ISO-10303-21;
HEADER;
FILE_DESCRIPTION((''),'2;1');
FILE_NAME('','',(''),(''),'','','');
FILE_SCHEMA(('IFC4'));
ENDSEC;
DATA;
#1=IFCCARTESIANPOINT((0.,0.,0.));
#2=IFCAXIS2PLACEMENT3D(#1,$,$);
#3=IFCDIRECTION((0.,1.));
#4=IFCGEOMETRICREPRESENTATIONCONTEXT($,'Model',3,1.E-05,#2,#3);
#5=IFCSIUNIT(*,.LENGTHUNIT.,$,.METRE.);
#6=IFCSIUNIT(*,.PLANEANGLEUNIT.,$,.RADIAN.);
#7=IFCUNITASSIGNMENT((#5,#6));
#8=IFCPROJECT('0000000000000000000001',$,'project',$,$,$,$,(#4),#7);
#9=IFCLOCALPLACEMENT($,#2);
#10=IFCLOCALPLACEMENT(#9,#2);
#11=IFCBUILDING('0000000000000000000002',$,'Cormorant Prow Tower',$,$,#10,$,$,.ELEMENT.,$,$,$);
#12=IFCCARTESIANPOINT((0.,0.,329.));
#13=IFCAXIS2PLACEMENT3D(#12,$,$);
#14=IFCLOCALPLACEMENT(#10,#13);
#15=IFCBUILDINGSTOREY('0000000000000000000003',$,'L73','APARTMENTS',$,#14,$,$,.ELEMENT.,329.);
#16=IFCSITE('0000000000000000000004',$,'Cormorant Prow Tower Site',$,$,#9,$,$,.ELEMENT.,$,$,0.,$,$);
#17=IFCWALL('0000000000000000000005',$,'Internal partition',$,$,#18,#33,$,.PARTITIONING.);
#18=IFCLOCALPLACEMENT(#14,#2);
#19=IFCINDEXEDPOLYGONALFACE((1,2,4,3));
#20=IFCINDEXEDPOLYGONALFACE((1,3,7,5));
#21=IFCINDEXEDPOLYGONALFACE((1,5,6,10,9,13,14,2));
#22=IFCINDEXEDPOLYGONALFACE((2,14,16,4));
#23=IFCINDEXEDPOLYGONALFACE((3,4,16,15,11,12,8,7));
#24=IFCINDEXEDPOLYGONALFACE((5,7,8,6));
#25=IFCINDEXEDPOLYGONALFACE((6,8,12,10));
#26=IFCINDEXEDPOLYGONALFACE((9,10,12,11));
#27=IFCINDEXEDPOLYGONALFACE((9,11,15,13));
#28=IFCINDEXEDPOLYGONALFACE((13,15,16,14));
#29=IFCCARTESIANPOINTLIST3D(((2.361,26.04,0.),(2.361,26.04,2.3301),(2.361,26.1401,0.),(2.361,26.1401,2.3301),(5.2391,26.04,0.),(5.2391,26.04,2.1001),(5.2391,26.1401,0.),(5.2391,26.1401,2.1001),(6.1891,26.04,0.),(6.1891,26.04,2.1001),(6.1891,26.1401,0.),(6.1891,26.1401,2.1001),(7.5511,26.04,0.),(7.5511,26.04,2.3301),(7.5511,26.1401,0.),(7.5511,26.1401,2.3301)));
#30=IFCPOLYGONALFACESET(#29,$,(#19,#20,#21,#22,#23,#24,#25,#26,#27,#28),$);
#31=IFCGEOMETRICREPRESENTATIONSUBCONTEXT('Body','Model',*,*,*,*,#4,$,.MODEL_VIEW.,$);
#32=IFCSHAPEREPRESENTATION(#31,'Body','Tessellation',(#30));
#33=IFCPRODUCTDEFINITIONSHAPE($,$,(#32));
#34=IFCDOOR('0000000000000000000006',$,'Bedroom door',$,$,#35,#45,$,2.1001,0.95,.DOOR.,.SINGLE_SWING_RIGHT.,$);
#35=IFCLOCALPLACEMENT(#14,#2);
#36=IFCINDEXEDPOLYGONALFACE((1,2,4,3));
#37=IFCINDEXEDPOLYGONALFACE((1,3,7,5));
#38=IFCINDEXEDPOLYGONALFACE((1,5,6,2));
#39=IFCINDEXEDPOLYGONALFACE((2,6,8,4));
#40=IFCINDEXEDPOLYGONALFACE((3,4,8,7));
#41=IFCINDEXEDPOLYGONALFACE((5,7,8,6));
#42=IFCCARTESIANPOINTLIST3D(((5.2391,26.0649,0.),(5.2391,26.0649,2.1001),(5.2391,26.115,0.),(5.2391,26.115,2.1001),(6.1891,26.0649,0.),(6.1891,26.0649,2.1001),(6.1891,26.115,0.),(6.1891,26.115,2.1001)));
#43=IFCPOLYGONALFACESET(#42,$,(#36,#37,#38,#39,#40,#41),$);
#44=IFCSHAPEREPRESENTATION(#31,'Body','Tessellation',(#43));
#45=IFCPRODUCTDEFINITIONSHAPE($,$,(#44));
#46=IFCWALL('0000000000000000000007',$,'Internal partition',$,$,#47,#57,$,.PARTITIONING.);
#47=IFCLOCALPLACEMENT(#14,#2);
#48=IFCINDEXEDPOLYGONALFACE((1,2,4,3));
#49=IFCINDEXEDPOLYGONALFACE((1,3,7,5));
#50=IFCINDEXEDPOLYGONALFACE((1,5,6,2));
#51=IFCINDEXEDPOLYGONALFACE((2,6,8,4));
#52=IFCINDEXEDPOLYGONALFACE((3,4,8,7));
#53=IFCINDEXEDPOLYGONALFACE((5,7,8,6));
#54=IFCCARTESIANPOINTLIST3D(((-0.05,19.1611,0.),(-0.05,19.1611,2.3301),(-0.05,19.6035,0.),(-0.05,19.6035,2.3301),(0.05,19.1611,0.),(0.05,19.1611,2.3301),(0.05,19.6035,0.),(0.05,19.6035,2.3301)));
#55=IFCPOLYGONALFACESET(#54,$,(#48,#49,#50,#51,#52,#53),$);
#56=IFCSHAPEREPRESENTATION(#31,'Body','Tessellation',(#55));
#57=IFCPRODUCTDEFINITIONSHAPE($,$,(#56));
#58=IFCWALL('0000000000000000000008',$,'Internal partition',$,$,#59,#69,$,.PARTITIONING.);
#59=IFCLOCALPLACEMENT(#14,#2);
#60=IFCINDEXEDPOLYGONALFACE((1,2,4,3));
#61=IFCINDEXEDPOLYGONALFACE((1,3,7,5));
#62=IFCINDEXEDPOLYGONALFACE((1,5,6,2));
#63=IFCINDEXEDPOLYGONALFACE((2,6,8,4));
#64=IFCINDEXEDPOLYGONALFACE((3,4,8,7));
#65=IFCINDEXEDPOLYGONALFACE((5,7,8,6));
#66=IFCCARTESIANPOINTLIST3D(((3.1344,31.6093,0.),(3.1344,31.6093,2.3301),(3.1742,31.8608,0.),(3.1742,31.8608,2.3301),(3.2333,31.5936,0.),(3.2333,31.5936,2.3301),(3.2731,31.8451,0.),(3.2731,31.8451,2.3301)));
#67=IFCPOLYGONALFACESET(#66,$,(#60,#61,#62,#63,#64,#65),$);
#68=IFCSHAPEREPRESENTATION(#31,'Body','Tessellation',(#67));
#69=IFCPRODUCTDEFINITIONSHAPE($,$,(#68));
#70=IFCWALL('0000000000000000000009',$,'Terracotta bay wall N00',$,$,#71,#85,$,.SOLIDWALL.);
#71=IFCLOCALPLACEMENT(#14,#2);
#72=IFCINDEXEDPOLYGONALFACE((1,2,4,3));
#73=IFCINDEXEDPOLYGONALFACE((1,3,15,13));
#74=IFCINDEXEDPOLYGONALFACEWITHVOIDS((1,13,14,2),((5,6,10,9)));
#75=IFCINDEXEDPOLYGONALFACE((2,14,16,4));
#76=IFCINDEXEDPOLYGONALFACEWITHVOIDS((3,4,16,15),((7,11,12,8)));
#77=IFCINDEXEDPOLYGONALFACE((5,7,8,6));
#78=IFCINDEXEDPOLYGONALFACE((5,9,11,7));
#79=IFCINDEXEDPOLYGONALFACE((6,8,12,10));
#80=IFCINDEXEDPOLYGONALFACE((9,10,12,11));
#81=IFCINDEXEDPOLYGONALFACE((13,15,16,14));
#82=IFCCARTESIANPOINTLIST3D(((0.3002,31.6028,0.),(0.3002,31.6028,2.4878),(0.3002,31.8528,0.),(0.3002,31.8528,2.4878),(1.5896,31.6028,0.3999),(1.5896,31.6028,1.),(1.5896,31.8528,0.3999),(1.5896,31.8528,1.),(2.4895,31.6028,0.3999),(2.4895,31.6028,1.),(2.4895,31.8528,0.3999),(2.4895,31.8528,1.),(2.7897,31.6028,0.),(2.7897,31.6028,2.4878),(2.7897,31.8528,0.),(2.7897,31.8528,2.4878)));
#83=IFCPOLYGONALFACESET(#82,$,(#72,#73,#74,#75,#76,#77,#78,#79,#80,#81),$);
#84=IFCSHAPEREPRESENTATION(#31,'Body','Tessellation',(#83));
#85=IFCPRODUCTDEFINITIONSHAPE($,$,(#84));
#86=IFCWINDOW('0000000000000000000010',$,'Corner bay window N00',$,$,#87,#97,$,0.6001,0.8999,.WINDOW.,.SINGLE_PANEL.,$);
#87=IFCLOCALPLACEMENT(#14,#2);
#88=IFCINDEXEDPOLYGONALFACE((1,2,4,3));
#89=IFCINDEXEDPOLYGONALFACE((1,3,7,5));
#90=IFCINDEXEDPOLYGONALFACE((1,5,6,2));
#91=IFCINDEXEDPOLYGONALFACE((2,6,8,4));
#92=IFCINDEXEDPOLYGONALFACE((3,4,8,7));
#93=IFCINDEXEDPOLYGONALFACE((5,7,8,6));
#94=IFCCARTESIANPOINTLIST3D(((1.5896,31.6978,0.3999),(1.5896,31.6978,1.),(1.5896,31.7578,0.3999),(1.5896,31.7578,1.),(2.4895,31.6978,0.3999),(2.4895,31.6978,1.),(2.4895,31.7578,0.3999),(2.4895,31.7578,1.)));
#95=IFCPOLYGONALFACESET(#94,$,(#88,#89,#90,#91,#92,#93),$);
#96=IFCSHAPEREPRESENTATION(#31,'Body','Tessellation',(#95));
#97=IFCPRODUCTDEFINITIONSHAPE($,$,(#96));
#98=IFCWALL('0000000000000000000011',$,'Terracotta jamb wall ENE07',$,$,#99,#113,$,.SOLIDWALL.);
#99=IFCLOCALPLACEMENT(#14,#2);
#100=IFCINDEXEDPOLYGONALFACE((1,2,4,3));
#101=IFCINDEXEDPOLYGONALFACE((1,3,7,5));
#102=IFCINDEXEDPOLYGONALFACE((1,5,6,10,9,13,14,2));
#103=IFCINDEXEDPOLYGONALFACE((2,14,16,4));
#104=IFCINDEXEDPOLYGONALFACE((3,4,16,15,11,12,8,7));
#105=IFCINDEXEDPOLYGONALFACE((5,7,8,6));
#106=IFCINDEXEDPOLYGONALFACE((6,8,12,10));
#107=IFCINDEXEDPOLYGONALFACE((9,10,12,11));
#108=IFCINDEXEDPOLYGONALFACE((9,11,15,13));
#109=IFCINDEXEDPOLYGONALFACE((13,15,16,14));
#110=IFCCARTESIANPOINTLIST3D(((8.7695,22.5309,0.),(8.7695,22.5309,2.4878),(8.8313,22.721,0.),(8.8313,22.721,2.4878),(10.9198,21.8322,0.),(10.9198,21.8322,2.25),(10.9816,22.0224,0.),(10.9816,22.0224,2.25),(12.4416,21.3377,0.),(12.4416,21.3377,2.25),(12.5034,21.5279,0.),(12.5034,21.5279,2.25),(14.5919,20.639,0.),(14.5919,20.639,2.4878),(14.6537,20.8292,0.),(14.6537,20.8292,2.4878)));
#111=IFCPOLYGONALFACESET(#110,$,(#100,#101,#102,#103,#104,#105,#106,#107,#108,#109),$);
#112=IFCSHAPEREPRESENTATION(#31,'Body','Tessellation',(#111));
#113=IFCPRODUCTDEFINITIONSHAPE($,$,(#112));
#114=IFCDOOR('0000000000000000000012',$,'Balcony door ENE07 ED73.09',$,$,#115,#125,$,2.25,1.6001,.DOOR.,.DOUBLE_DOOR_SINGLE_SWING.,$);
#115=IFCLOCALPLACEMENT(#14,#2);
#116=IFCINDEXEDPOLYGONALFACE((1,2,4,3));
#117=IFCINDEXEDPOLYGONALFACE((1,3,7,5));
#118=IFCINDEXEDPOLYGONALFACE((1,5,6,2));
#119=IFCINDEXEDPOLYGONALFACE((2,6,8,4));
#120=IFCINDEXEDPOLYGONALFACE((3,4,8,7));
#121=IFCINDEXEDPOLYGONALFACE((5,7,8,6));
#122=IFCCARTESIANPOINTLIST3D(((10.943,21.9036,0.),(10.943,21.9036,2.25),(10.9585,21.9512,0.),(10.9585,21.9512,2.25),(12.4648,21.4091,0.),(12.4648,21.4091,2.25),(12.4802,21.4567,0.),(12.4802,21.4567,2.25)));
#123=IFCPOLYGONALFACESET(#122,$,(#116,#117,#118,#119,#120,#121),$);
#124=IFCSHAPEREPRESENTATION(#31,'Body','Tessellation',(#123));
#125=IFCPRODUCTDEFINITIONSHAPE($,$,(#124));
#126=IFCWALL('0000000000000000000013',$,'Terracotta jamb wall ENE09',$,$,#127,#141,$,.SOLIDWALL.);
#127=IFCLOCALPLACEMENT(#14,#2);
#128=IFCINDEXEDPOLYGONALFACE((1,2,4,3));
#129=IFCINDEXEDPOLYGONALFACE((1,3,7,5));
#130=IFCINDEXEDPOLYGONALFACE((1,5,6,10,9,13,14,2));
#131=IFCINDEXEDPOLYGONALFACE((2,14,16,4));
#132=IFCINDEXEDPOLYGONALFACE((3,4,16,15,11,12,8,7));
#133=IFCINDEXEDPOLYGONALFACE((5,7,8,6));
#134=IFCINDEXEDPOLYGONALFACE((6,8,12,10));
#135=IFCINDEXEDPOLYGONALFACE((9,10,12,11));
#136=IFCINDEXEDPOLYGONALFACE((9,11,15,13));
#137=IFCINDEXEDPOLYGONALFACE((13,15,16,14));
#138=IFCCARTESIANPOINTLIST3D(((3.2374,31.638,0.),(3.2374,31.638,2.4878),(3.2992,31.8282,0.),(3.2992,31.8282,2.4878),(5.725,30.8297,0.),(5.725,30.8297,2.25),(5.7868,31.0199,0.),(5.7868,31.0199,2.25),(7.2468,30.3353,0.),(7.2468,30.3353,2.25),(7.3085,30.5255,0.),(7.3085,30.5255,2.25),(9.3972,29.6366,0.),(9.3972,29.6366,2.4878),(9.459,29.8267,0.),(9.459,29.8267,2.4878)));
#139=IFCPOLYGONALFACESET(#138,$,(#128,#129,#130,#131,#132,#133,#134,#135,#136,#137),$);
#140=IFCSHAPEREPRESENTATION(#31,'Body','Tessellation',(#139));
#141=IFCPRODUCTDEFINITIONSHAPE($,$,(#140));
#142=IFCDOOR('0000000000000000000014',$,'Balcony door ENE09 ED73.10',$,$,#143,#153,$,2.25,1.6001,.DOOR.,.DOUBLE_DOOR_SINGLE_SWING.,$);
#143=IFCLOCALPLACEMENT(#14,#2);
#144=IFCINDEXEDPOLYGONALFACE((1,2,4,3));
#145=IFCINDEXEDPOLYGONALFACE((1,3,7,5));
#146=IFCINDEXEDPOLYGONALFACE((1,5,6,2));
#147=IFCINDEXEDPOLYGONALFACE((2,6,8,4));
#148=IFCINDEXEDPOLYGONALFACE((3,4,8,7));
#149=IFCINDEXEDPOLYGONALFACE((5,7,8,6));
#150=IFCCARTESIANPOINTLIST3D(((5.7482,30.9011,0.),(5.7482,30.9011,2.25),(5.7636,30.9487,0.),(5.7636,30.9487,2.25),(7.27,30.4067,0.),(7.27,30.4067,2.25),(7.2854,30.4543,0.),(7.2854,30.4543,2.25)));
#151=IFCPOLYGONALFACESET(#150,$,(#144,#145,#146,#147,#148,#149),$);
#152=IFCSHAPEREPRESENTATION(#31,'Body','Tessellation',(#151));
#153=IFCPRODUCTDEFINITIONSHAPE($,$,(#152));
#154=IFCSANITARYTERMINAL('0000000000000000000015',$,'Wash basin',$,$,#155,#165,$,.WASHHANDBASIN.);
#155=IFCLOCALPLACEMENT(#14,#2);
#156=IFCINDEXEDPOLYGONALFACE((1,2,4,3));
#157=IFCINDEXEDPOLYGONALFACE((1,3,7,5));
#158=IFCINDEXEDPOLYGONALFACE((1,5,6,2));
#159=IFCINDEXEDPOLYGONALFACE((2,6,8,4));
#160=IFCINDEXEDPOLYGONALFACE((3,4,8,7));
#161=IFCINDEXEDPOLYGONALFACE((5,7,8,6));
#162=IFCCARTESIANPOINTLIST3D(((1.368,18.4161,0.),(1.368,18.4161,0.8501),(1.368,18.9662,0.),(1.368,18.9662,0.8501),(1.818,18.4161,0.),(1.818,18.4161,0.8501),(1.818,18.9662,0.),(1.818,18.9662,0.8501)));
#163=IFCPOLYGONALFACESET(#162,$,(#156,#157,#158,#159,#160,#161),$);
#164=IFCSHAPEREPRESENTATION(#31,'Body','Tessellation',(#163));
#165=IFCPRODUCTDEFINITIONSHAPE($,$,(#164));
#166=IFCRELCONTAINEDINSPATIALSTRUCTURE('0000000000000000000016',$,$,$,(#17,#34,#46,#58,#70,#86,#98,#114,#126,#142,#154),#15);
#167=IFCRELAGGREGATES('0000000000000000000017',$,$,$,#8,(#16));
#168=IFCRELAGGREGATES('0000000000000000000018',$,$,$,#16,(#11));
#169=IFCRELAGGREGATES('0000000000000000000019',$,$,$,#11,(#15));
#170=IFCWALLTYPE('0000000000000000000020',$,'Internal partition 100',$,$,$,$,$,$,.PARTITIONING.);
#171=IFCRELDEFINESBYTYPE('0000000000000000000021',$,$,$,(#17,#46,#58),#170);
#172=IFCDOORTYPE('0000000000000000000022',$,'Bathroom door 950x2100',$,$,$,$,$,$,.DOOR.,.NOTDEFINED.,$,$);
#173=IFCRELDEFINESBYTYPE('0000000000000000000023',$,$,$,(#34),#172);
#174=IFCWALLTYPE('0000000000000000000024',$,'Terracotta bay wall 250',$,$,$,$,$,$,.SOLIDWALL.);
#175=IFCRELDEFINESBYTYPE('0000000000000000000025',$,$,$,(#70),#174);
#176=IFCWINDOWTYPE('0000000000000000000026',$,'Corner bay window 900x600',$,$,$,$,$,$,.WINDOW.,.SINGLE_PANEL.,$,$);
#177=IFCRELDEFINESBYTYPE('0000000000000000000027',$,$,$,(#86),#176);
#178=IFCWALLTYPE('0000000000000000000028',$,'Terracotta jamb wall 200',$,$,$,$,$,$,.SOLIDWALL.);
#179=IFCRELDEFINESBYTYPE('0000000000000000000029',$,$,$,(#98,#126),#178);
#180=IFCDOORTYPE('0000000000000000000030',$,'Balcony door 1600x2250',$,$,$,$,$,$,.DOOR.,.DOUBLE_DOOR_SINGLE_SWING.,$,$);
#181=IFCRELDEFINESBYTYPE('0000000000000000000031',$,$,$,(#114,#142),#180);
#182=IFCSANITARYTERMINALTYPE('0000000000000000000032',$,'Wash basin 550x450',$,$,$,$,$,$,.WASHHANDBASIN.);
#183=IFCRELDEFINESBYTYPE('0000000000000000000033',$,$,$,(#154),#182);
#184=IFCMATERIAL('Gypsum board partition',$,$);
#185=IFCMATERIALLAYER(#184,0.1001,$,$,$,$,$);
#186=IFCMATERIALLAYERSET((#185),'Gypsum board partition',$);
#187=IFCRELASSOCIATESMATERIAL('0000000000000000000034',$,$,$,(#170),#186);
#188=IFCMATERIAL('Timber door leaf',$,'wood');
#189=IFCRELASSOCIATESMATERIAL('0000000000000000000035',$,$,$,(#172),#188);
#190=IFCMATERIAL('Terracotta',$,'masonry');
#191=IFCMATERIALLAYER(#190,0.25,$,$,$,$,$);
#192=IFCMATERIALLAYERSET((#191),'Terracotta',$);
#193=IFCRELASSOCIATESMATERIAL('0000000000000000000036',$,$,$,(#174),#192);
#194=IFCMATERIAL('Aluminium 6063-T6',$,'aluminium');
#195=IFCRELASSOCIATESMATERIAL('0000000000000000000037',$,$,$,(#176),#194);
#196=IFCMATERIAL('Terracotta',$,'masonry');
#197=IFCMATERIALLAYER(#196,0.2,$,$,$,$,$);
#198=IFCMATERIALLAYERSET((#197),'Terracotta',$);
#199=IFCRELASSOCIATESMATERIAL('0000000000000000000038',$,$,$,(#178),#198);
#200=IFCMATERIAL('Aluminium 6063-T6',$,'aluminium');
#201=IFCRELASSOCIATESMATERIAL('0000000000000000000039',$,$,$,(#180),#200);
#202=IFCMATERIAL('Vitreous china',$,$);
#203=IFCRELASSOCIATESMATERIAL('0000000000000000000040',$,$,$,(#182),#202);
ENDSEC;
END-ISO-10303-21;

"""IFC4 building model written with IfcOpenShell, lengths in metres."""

from ifc_helpers import new_model, si_unit, direction, frame, frame_2d, origin, origin_2d, place, context, subcontext, project, spatial, rectangle, extrude, material, layer, layer_set, type_object, element, fill, save


model = new_model("IFC4")

# Units and contexts
model_context = context("Model", 3, precision=1e-05, world=origin(), true_north=direction((0.0, 1.0)))
body_context = subcontext(model_context, "Body", "Model", "MODEL_VIEW")
ifc_project = project(units=[si_unit("LENGTHUNIT", "METRE"), si_unit("PLANEANGLEUNIT", "RADIAN")], contexts=[model_context])

# Site, building, storey
site_placement = place(None, origin())
site = spatial("IfcSite", under=ifc_project, at=site_placement, Name="Cormorant Prow Tower Site", CompositionType="ELEMENT", RefElevation=0.0)
building_placement = place(site_placement, origin())
building = spatial("IfcBuilding", under=site, at=building_placement, Name="Cormorant Prow Tower", CompositionType="ELEMENT")
storey_placement = place(building_placement, frame((0.0, 0.0, 329.0)))
storey = spatial("IfcBuildingStorey", under=building, at=storey_placement, Name="L73", Description="APARTMENTS", CompositionType="ELEMENT", Elevation=329.0)

# Wall, opening, door
ifc_material_1 = material(Name="Gypsum board partition")
ifc_layer_1 = layer(ifc_material_1, 0.1001)
ifc_layer_set_1 = layer_set([ifc_layer_1], Name="Gypsum board partition")
wall_type_1 = type_object("IfcWallType", Name="Internal partition 100", PredefinedType="PARTITIONING", material=ifc_layer_set_1)
ifc_material_2 = material(Name="Timber door leaf", Category="wood")
door_type_1 = type_object("IfcDoorType", Name="Bathroom door 950x2100", OperationType="NOTDEFINED", PredefinedType="DOOR", material=ifc_material_2)
wall_1_placement = place(storey_placement, frame((2.3608, 26.0901, 0.0), z_axis=(0.0, 0.0, 1.0), x_axis=(1.0, 0.0, 0.0)))
wall_1 = element("IfcWall", 1, at=wall_1_placement, inside=storey, type_object=wall_type_1, Name="Internal partition", PredefinedType="PARTITIONING", context=body_context, shape_type="SweptSolid", body=[
    extrude(rectangle(XDim=5.1902, YDim=0.1001, at=frame_2d((2.5952, 0.0))), origin(), (0.0, 0.0, 1.0), 2.3301),
])
opening_1_placement = place(wall_1_placement, frame((2.8782, 0.0, 0.0)))
opening_1 = element("IfcOpeningElement", 2, at=opening_1_placement, cuts=wall_1, PredefinedType="OPENING", context=body_context, shape_type="SweptSolid", body=[
    extrude(rectangle(XDim=0.95, YDim=2.1001, at=frame_2d((0.4751, 1.05))), frame((0.0, 0.0601, 0.0), z_axis=(0.0, -1.0, 0.0), x_axis=(1.0, 0.0, 0.0)), (0.0, 0.0, 1.0), 0.1201),
])
door_1_placement = place(opening_1_placement, origin())
door_1 = element("IfcDoor", 3, at=door_1_placement, inside=storey, type_object=door_type_1, Name="Bedroom door", OperationType="SINGLE_SWING_RIGHT", OverallHeight=2.1001, OverallWidth=0.95, PredefinedType="DOOR", context=body_context, shape_type="SweptSolid", body=[
    extrude(rectangle(XDim=0.95, YDim=2.1001, at=frame_2d((0.4751, 1.05))), frame((0.0, 0.0249, 0.0), z_axis=(0.0, -1.0, 0.0), x_axis=(1.0, 0.0, 0.0)), (0.0, 0.0, 1.0), 0.05),
])
fill(opening_1, door_1)

# Walls
wall_2_placement = place(storey_placement, frame((0.0, 19.1611, 0.0), z_axis=(0.0, 0.0, 1.0), x_axis=(0.0, 1.0, 0.0)))
element("IfcWall", 4, at=wall_2_placement, inside=storey, type_object=wall_type_1, Name="Internal partition", PredefinedType="PARTITIONING", context=body_context, shape_type="SweptSolid", body=[
    extrude(rectangle(XDim=0.4424, YDim=0.1001, at=frame_2d((0.2212, 0.0))), origin(), (0.0, 0.0, 1.0), 2.3301),
])
wall_3_placement = place(storey_placement, frame((3.1838, 31.6013, 0.0), z_axis=(0.0, 0.0, 1.0), x_axis=(0.156307, 0.987708, 0.0)))
element("IfcWall", 5, at=wall_3_placement, inside=storey, type_object=wall_type_1, Name="Internal partition", PredefinedType="PARTITIONING", context=body_context, shape_type="SweptSolid", body=[
    extrude(rectangle(XDim=0.2546, YDim=0.1001, at=frame_2d((0.1274, 0.0))), origin(), (0.0, 0.0, 1.0), 2.3301),
])

# Wall, opening, window
ifc_material_3 = material(Name="Terracotta", Category="masonry")
ifc_layer_2 = layer(ifc_material_3, 0.25)
ifc_layer_set_2 = layer_set([ifc_layer_2], Name="Terracotta")
wall_type_2 = type_object("IfcWallType", Name="Terracotta bay wall 250", PredefinedType="SOLIDWALL", material=ifc_layer_set_2)
wall_4_placement = place(storey_placement, frame((2.7896, 31.7278, 0.0), z_axis=(0.0, 0.0, 1.0), x_axis=(-1.0, 0.0, 0.0)))
wall_4 = element("IfcWall", 6, at=wall_4_placement, inside=storey, type_object=wall_type_2, Name="Terracotta bay wall N00", PredefinedType="SOLIDWALL", context=body_context, shape_type="SweptSolid", body=[
    extrude(rectangle(XDim=2.4895, YDim=0.25, at=frame_2d((1.2446, 0.0))), origin(), (0.0, 0.0, 1.0), 2.4878),
])
opening_2_placement = place(wall_4_placement, frame((0.3, 0.0, 0.3999)))
opening_2 = element("IfcOpeningElement", 7, at=opening_2_placement, cuts=wall_4, PredefinedType="OPENING", context=body_context, shape_type="SweptSolid", body=[
    extrude(rectangle(XDim=0.8999, YDim=0.6001, at=frame_2d((0.45, 0.3))), frame((0.0, 0.135, 0.0), z_axis=(0.0, -1.0, 0.0), x_axis=(1.0, 0.0, 0.0)), (0.0, 0.0, 1.0), 0.27),
])
ifc_material_4 = material(Name="Aluminium 6063-T6", Category="aluminium")
window_type = type_object("IfcWindowType", Name="Corner bay window 900x600", PartitioningType="SINGLE_PANEL", PredefinedType="WINDOW", material=ifc_material_4)
window_placement = place(opening_2_placement, origin())
window = element("IfcWindow", 8, at=window_placement, inside=storey, type_object=window_type, Name="Corner bay window N00", OverallHeight=0.6001, OverallWidth=0.8999, PartitioningType="SINGLE_PANEL", PredefinedType="WINDOW", context=body_context, shape_type="SweptSolid", body=[
    extrude(rectangle(XDim=0.8999, YDim=0.6001, at=frame_2d((0.45, 0.3))), frame((0.0, 0.03, 0.0), z_axis=(0.0, -1.0, 0.0), x_axis=(1.0, 0.0, 0.0)), (0.0, 0.0, 1.0), 0.0601),
])
fill(opening_2, window)

# Walls, openings, doors
ifc_material_5 = material(Name="Terracotta", Category="masonry")
ifc_layer_3 = layer(ifc_material_5, 0.2)
ifc_layer_set_3 = layer_set([ifc_layer_3], Name="Terracotta")
wall_type_3 = type_object("IfcWallType", Name="Terracotta jamb wall 200", PredefinedType="SOLIDWALL", material=ifc_layer_set_3)
wall_5_placement = place(storey_placement, frame((14.6228, 20.7341, 0.0), z_axis=(0.0, 0.0, 1.0), x_axis=(-0.951057, 0.309017, 0.0)))
wall_5 = element("IfcWall", 9, at=wall_5_placement, inside=storey, type_object=wall_type_3, Name="Terracotta jamb wall ENE07", PredefinedType="SOLIDWALL", context=body_context, shape_type="SweptSolid", body=[
    extrude(rectangle(XDim=6.1221, YDim=0.2, at=frame_2d((3.061, 0.0))), origin(), (0.0, 0.0, 1.0), 2.4878),
])
opening_3_placement = place(wall_5_placement, frame((2.261, 0.0, 0.0)))
opening_3 = element("IfcOpeningElement", 10, at=opening_3_placement, cuts=wall_5, PredefinedType="OPENING", context=body_context, shape_type="SweptSolid", body=[
    extrude(rectangle(XDim=1.6001, YDim=2.25, at=frame_2d((0.8, 1.125))), frame((0.0, 0.1099, 0.0), z_axis=(0.0, -1.0, 0.0), x_axis=(1.0, 0.0, 0.0)), (0.0, 0.0, 1.0), 0.22),
])
ifc_material_6 = material(Name="Aluminium 6063-T6", Category="aluminium")
door_type_2 = type_object("IfcDoorType", Name="Balcony door 1600x2250", OperationType="DOUBLE_DOOR_SINGLE_SWING", PredefinedType="DOOR", material=ifc_material_6)
door_2_placement = place(opening_3_placement, origin())
door_2 = element("IfcDoor", 11, at=door_2_placement, inside=storey, type_object=door_type_2, Name="Balcony door ENE07 ED73.09", OperationType="DOUBLE_DOOR_SINGLE_SWING", OverallHeight=2.25, OverallWidth=1.6001, PredefinedType="DOOR", context=body_context, shape_type="SweptSolid", body=[
    extrude(rectangle(XDim=1.6001, YDim=2.25, at=frame_2d((0.8, 1.125))), frame((0.0, 0.0249, 0.0), z_axis=(0.0, -1.0, 0.0), x_axis=(1.0, 0.0, 0.0)), (0.0, 0.0, 1.0), 0.05),
])
fill(opening_3, door_2)
wall_6_placement = place(storey_placement, frame((9.428, 29.7317, 0.0), z_axis=(0.0, 0.0, 1.0), x_axis=(-0.951057, 0.309015, 0.0)))
wall_6 = element("IfcWall", 12, at=wall_6_placement, inside=storey, type_object=wall_type_3, Name="Terracotta jamb wall ENE09", PredefinedType="SOLIDWALL", context=body_context, shape_type="SweptSolid", body=[
    extrude(rectangle(XDim=6.4768, YDim=0.2, at=frame_2d((3.2383, 0.0))), origin(), (0.0, 0.0, 1.0), 2.4878),
])
opening_4_placement = place(wall_6_placement, frame((2.261, 0.0, 0.0)))
opening_4 = element("IfcOpeningElement", 13, at=opening_4_placement, cuts=wall_6, PredefinedType="OPENING", context=body_context, shape_type="SweptSolid", body=[
    extrude(rectangle(XDim=1.6001, YDim=2.25, at=frame_2d((0.8, 1.125))), frame((0.0, 0.1099, 0.0), z_axis=(0.0, -1.0, 0.0), x_axis=(1.0, 0.0, 0.0)), (0.0, 0.0, 1.0), 0.22),
])
door_3_placement = place(opening_4_placement, origin())
door_3 = element("IfcDoor", 14, at=door_3_placement, inside=storey, type_object=door_type_2, Name="Balcony door ENE09 ED73.10", OperationType="DOUBLE_DOOR_SINGLE_SWING", OverallHeight=2.25, OverallWidth=1.6001, PredefinedType="DOOR", context=body_context, shape_type="SweptSolid", body=[
    extrude(rectangle(XDim=1.6001, YDim=2.25, at=frame_2d((0.8, 1.125))), frame((0.0, 0.0249, 0.0), z_axis=(0.0, -1.0, 0.0), x_axis=(1.0, 0.0, 0.0)), (0.0, 0.0, 1.0), 0.05),
])
fill(opening_4, door_3)

# Sanitary terminal
ifc_material_7 = material(Name="Vitreous china")
sanitary_terminal_type = type_object("IfcSanitaryTerminalType", Name="Wash basin 550x450", PredefinedType="WASHHANDBASIN", material=ifc_material_7)
sanitary_terminal_placement = place(storey_placement, frame((1.593, 18.6912, 0.0), z_axis=(0.0, 0.0, 1.0), x_axis=(0.0, -1.0, 0.0)))
element("IfcSanitaryTerminal", 15, at=sanitary_terminal_placement, inside=storey, type_object=sanitary_terminal_type, Name="Wash basin", PredefinedType="WASHHANDBASIN", context=body_context, shape_type="SweptSolid", body=[
    extrude(rectangle(XDim=0.55, YDim=0.45, at=origin_2d()), origin(), (0.0, 0.0, 1.0), 0.8501),
])

save(model, "model.ifc")
